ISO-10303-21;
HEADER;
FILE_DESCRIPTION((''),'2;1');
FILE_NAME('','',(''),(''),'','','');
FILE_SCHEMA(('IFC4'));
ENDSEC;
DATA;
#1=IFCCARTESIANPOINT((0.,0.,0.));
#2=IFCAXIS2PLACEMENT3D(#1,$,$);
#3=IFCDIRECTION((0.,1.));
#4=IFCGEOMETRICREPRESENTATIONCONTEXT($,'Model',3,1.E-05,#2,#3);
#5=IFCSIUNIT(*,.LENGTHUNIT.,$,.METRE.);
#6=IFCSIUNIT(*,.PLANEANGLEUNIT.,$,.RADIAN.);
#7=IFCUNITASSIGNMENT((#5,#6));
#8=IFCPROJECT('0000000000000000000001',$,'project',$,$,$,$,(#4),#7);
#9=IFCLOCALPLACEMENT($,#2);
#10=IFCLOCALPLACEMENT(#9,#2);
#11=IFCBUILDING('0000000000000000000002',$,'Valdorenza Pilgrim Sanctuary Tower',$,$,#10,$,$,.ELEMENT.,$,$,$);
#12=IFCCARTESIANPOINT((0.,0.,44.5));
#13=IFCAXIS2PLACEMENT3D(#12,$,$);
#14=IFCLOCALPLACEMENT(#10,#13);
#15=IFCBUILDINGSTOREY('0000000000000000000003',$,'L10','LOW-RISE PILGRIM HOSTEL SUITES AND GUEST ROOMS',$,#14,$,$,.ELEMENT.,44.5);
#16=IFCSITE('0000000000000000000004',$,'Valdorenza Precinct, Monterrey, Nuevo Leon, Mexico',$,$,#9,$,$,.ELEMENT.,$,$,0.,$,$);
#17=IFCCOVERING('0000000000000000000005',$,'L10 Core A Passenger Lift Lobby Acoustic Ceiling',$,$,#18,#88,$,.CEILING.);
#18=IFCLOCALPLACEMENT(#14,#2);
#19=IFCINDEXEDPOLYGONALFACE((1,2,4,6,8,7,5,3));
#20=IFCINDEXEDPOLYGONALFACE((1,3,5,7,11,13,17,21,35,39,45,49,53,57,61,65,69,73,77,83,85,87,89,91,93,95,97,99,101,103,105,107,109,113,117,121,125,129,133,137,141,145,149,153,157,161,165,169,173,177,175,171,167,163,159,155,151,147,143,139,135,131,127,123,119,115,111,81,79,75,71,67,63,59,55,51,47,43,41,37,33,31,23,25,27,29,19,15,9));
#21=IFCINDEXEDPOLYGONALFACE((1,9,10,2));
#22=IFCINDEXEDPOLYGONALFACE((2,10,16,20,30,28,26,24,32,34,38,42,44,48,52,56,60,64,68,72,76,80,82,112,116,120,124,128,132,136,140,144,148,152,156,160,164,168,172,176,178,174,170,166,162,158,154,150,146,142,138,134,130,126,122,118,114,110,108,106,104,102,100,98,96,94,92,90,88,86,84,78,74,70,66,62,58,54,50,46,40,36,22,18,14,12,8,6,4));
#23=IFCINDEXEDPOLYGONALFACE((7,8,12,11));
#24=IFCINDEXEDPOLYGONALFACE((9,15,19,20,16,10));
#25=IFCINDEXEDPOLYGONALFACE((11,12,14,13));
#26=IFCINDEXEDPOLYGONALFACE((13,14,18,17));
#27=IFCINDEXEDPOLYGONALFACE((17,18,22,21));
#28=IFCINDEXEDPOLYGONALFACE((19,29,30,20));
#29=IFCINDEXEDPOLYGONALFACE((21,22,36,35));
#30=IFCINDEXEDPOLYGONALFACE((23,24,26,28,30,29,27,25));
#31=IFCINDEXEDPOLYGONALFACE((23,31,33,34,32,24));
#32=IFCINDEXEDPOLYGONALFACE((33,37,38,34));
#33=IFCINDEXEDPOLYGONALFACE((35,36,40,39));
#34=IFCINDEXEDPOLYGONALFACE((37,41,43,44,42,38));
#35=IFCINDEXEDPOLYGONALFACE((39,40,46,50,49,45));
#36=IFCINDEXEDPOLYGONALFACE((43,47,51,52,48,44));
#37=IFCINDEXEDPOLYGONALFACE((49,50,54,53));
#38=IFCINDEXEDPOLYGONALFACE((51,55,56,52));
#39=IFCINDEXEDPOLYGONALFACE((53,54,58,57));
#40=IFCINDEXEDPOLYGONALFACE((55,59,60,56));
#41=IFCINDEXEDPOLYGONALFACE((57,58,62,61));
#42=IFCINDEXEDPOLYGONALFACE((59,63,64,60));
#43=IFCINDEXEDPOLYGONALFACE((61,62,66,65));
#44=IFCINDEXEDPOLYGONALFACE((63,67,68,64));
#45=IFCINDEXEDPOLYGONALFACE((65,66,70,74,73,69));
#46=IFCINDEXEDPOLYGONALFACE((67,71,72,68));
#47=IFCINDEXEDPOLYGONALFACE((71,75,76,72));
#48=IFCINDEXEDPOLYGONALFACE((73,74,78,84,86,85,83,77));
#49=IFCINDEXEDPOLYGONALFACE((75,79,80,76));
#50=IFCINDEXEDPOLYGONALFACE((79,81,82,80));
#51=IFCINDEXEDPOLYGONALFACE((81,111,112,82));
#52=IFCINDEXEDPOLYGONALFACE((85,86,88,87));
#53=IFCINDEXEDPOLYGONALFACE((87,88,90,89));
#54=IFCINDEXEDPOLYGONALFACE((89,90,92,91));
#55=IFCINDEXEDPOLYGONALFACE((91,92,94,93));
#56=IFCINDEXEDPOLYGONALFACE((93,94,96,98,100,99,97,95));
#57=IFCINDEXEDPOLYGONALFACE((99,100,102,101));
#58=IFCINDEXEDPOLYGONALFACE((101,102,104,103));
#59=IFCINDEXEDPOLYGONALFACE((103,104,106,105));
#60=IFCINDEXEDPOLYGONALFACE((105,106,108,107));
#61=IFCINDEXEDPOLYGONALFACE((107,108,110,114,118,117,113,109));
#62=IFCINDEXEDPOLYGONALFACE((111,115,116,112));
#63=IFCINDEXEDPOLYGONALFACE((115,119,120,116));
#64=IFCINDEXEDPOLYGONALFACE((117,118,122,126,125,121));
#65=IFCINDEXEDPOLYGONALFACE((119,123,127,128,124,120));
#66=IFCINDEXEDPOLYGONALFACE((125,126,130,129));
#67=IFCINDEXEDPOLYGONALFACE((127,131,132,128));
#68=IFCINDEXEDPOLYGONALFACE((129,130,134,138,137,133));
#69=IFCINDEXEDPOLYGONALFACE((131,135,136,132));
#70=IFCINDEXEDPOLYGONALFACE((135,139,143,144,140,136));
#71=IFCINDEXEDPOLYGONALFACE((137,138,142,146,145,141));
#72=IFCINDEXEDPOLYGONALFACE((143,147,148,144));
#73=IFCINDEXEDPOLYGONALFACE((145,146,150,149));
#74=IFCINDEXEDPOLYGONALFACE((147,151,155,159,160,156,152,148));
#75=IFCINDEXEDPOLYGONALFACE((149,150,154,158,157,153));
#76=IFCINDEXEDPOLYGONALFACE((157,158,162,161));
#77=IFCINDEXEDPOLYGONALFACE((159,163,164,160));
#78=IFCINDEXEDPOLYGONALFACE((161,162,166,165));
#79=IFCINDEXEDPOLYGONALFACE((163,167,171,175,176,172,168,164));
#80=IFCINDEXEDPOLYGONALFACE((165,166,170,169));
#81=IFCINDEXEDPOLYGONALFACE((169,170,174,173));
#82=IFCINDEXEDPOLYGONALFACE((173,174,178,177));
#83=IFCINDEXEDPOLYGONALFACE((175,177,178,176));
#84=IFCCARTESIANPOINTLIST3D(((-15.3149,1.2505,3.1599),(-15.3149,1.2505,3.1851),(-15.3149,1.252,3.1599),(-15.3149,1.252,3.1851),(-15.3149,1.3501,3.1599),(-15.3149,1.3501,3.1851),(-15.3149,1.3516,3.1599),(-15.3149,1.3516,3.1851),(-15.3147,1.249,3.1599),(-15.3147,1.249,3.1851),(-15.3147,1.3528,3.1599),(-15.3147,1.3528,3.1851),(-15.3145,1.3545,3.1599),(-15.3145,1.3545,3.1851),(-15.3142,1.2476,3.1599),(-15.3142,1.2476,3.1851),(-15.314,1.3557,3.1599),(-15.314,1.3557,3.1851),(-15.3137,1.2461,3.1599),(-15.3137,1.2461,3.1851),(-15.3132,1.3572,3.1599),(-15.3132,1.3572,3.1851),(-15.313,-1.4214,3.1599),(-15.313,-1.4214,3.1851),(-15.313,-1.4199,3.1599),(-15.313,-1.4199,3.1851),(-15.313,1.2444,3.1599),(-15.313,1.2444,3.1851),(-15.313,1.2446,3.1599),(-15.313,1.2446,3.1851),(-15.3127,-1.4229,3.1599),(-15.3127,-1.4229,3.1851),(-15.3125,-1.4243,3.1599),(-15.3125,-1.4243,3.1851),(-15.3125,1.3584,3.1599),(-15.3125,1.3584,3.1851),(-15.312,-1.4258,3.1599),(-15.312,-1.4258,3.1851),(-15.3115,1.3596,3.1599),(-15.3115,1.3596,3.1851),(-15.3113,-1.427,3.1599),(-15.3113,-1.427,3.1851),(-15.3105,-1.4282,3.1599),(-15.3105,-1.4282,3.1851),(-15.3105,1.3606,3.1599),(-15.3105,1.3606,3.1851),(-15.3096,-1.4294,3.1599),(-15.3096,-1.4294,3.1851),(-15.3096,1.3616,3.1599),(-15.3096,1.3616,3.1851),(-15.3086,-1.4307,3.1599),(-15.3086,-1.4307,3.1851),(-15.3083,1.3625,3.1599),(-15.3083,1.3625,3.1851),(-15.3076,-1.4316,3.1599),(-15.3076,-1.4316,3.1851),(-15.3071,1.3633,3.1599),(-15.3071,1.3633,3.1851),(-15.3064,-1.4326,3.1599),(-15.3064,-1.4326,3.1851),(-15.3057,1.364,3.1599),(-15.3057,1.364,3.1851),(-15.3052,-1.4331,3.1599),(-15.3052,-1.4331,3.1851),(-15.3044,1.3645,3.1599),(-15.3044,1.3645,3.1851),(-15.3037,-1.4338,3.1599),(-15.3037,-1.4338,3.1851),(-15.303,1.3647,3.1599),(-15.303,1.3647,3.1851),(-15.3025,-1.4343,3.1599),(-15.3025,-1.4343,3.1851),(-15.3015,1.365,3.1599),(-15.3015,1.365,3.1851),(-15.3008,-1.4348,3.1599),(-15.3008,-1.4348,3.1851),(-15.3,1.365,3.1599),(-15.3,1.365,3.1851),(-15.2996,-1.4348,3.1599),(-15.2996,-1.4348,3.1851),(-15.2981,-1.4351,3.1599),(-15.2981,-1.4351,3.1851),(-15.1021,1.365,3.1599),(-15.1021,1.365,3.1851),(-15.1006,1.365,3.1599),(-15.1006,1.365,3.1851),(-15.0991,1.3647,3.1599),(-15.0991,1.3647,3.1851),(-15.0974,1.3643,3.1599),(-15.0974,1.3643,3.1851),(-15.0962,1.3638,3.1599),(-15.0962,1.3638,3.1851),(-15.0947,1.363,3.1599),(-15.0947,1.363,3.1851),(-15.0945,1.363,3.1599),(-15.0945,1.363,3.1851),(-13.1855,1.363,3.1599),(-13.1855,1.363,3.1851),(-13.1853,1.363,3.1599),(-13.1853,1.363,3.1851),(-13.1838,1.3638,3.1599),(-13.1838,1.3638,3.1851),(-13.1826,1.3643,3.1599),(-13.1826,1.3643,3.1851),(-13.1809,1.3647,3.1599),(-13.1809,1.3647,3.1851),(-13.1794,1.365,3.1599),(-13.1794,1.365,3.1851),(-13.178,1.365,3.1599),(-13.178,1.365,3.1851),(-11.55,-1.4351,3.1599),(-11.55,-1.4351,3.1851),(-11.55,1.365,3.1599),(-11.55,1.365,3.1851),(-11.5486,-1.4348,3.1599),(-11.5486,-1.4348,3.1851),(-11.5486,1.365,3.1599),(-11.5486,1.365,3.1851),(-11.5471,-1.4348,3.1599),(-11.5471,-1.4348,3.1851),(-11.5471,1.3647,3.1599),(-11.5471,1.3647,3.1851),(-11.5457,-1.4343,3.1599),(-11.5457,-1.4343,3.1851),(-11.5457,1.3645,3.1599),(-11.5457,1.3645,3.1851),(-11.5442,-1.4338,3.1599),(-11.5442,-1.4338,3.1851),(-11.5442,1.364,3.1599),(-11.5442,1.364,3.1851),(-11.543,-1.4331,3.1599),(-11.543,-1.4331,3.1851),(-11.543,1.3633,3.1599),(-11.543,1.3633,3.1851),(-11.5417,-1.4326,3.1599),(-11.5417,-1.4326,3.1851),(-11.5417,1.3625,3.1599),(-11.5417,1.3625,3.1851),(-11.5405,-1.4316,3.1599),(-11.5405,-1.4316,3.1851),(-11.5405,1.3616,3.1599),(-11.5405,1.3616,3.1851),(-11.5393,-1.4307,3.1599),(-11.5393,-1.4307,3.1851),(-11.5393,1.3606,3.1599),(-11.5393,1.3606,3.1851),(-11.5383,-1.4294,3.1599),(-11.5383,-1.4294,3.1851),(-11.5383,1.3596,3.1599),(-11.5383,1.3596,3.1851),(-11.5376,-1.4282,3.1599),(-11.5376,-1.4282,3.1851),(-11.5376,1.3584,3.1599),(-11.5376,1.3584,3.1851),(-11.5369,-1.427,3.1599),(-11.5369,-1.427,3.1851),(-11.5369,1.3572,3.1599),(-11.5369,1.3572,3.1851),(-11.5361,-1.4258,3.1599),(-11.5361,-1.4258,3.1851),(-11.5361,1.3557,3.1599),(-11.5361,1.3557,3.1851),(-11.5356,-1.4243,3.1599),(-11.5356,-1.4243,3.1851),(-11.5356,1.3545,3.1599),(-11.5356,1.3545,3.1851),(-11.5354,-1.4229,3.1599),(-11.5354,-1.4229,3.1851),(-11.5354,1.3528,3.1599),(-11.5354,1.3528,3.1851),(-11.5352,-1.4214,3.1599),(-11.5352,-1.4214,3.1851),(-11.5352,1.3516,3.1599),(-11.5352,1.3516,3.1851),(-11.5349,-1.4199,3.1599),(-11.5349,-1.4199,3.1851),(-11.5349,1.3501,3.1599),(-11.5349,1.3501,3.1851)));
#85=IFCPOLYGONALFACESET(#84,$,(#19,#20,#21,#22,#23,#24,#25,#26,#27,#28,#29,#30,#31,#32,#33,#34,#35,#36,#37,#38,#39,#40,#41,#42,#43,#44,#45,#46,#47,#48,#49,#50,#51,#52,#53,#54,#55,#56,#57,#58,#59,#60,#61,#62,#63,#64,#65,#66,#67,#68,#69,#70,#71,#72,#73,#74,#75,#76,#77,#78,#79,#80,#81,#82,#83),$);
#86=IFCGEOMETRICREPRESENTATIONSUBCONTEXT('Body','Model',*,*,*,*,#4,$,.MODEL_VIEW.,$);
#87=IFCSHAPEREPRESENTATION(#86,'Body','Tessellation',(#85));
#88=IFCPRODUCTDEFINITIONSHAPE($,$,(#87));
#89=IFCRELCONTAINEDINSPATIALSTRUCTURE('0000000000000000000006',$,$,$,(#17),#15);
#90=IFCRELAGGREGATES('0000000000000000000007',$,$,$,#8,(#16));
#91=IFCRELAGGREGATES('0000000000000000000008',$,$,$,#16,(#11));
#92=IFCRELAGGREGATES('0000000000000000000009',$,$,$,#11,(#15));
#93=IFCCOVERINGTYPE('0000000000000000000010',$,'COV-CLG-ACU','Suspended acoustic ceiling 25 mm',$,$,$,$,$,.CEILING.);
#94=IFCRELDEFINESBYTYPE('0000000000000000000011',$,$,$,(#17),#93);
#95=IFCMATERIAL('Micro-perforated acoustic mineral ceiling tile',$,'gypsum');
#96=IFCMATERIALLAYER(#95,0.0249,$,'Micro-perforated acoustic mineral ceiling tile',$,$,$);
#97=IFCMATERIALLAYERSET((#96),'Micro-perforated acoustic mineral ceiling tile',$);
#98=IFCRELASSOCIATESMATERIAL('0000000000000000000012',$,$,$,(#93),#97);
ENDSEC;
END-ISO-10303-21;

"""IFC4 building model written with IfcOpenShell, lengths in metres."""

from ifc_helpers import new_model, si_unit, direction, frame, origin, place, context, subcontext, project, spatial, polyline, outline, extrude, material, layer, layer_set, type_object, element, save


model = new_model("IFC4")

# Units and contexts
model_context = context("Model", 3, precision=1e-05, world=origin(), true_north=direction((0.0, 1.0)))
body_context = subcontext(model_context, "Body", "Model", "MODEL_VIEW")
ifc_project = project(units=[si_unit("LENGTHUNIT", "METRE"), si_unit("PLANEANGLEUNIT", "RADIAN")], contexts=[model_context])

# Site, building, storey
site_placement = place(None, origin())
site = spatial("IfcSite", under=ifc_project, at=site_placement, Name="Valdorenza Precinct, Monterrey, Nuevo Leon, Mexico", CompositionType="ELEMENT", RefElevation=0.0)
building_placement = place(site_placement, origin())
building = spatial("IfcBuilding", under=site, at=building_placement, Name="Valdorenza Pilgrim Sanctuary Tower", CompositionType="ELEMENT")
storey_placement = place(building_placement, frame((0.0, 0.0, 44.5)))
storey = spatial("IfcBuildingStorey", under=building, at=storey_placement, Name="L10", Description="LOW-RISE PILGRIM HOSTEL SUITES AND GUEST ROOMS", CompositionType="ELEMENT", Elevation=44.5)

# Covering
ifc_material_1 = material(Name="Micro-perforated acoustic mineral ceiling tile", Category="gypsum")
ifc_layer_1 = layer(ifc_material_1, 0.0249, Name="Micro-perforated acoustic mineral ceiling tile")
ifc_layer_set_1 = layer_set([ifc_layer_1], Name="Micro-perforated acoustic mineral ceiling tile")
covering_type_1 = type_object("IfcCoveringType", Name="COV-CLG-ACU", Description="Suspended acoustic ceiling 25 mm", PredefinedType="CEILING", material=ifc_layer_set_1)
covering_1_placement = place(storey_placement, frame((0.0, 0.0, 3.1599)))
element("IfcCovering", 1, at=covering_1_placement, inside=storey, type_object=covering_type_1, Name="L10 Core A Passenger Lift Lobby Acoustic Ceiling", PredefinedType="CEILING", context=body_context, shape_type="SweptSolid", body=[
    extrude(outline(polyline([(-15.313, 1.2444), (-15.313, 1.2446), (-15.3137, 1.2461), (-15.3142, 1.2476), (-15.3147, 1.249), (-15.3149, 1.2505), (-15.3149, 1.252), (-15.3149, 1.3501), (-15.3149, 1.3516), (-15.3147, 1.3528), (-15.3145, 1.3545), (-15.314, 1.3557), (-15.3132, 1.3572), (-15.3125, 1.3584), (-15.3115, 1.3596), (-15.3105, 1.3606), (-15.3096, 1.3616), (-15.3083, 1.3625), (-15.3071, 1.3633), (-15.3057, 1.364), (-15.3044, 1.3645), (-15.303, 1.3647), (-15.3015, 1.365), (-15.3, 1.365), (-15.1021, 1.365), (-15.1006, 1.365), (-15.0991, 1.3647), (-15.0974, 1.3643), (-15.0962, 1.3638), (-15.0947, 1.363), (-15.0945, 1.363), (-13.1855, 1.363), (-13.1853, 1.363), (-13.1838, 1.3638), (-13.1826, 1.3643), (-13.1809, 1.3647), (-13.1794, 1.365), (-13.178, 1.365), (-11.55, 1.365), (-11.5486, 1.365), (-11.5471, 1.3647), (-11.5457, 1.3645), (-11.5442, 1.364), (-11.543, 1.3633), (-11.5417, 1.3625), (-11.5405, 1.3616), (-11.5393, 1.3606), (-11.5383, 1.3596), (-11.5376, 1.3584), (-11.5369, 1.3572), (-11.5361, 1.3557), (-11.5356, 1.3545), (-11.5354, 1.3528), (-11.5352, 1.3516), (-11.5349, 1.3501), (-11.5349, -1.4199), (-11.5352, -1.4214), (-11.5354, -1.4229), (-11.5356, -1.4243), (-11.5361, -1.4258), (-11.5369, -1.427), (-11.5376, -1.4282), (-11.5383, -1.4294), (-11.5393, -1.4307), (-11.5405, -1.4316), (-11.5417, -1.4326), (-11.543, -1.4331), (-11.5442, -1.4338), (-11.5457, -1.4343), (-11.5471, -1.4348), (-11.5486, -1.4348), (-11.55, -1.4351), (-15.2981, -1.4351), (-15.2996, -1.4348), (-15.3008, -1.4348), (-15.3025, -1.4343), (-15.3037, -1.4338), (-15.3052, -1.4331), (-15.3064, -1.4326), (-15.3076, -1.4316), (-15.3086, -1.4307), (-15.3096, -1.4294), (-15.3105, -1.4282), (-15.3113, -1.427), (-15.312, -1.4258), (-15.3125, -1.4243), (-15.3127, -1.4229), (-15.313, -1.4214), (-15.313, -1.4199), (-15.313, 1.2444)])), origin(), (0.0, 0.0, 1.0), 0.0251),
])

save(model, "model.ifc")
